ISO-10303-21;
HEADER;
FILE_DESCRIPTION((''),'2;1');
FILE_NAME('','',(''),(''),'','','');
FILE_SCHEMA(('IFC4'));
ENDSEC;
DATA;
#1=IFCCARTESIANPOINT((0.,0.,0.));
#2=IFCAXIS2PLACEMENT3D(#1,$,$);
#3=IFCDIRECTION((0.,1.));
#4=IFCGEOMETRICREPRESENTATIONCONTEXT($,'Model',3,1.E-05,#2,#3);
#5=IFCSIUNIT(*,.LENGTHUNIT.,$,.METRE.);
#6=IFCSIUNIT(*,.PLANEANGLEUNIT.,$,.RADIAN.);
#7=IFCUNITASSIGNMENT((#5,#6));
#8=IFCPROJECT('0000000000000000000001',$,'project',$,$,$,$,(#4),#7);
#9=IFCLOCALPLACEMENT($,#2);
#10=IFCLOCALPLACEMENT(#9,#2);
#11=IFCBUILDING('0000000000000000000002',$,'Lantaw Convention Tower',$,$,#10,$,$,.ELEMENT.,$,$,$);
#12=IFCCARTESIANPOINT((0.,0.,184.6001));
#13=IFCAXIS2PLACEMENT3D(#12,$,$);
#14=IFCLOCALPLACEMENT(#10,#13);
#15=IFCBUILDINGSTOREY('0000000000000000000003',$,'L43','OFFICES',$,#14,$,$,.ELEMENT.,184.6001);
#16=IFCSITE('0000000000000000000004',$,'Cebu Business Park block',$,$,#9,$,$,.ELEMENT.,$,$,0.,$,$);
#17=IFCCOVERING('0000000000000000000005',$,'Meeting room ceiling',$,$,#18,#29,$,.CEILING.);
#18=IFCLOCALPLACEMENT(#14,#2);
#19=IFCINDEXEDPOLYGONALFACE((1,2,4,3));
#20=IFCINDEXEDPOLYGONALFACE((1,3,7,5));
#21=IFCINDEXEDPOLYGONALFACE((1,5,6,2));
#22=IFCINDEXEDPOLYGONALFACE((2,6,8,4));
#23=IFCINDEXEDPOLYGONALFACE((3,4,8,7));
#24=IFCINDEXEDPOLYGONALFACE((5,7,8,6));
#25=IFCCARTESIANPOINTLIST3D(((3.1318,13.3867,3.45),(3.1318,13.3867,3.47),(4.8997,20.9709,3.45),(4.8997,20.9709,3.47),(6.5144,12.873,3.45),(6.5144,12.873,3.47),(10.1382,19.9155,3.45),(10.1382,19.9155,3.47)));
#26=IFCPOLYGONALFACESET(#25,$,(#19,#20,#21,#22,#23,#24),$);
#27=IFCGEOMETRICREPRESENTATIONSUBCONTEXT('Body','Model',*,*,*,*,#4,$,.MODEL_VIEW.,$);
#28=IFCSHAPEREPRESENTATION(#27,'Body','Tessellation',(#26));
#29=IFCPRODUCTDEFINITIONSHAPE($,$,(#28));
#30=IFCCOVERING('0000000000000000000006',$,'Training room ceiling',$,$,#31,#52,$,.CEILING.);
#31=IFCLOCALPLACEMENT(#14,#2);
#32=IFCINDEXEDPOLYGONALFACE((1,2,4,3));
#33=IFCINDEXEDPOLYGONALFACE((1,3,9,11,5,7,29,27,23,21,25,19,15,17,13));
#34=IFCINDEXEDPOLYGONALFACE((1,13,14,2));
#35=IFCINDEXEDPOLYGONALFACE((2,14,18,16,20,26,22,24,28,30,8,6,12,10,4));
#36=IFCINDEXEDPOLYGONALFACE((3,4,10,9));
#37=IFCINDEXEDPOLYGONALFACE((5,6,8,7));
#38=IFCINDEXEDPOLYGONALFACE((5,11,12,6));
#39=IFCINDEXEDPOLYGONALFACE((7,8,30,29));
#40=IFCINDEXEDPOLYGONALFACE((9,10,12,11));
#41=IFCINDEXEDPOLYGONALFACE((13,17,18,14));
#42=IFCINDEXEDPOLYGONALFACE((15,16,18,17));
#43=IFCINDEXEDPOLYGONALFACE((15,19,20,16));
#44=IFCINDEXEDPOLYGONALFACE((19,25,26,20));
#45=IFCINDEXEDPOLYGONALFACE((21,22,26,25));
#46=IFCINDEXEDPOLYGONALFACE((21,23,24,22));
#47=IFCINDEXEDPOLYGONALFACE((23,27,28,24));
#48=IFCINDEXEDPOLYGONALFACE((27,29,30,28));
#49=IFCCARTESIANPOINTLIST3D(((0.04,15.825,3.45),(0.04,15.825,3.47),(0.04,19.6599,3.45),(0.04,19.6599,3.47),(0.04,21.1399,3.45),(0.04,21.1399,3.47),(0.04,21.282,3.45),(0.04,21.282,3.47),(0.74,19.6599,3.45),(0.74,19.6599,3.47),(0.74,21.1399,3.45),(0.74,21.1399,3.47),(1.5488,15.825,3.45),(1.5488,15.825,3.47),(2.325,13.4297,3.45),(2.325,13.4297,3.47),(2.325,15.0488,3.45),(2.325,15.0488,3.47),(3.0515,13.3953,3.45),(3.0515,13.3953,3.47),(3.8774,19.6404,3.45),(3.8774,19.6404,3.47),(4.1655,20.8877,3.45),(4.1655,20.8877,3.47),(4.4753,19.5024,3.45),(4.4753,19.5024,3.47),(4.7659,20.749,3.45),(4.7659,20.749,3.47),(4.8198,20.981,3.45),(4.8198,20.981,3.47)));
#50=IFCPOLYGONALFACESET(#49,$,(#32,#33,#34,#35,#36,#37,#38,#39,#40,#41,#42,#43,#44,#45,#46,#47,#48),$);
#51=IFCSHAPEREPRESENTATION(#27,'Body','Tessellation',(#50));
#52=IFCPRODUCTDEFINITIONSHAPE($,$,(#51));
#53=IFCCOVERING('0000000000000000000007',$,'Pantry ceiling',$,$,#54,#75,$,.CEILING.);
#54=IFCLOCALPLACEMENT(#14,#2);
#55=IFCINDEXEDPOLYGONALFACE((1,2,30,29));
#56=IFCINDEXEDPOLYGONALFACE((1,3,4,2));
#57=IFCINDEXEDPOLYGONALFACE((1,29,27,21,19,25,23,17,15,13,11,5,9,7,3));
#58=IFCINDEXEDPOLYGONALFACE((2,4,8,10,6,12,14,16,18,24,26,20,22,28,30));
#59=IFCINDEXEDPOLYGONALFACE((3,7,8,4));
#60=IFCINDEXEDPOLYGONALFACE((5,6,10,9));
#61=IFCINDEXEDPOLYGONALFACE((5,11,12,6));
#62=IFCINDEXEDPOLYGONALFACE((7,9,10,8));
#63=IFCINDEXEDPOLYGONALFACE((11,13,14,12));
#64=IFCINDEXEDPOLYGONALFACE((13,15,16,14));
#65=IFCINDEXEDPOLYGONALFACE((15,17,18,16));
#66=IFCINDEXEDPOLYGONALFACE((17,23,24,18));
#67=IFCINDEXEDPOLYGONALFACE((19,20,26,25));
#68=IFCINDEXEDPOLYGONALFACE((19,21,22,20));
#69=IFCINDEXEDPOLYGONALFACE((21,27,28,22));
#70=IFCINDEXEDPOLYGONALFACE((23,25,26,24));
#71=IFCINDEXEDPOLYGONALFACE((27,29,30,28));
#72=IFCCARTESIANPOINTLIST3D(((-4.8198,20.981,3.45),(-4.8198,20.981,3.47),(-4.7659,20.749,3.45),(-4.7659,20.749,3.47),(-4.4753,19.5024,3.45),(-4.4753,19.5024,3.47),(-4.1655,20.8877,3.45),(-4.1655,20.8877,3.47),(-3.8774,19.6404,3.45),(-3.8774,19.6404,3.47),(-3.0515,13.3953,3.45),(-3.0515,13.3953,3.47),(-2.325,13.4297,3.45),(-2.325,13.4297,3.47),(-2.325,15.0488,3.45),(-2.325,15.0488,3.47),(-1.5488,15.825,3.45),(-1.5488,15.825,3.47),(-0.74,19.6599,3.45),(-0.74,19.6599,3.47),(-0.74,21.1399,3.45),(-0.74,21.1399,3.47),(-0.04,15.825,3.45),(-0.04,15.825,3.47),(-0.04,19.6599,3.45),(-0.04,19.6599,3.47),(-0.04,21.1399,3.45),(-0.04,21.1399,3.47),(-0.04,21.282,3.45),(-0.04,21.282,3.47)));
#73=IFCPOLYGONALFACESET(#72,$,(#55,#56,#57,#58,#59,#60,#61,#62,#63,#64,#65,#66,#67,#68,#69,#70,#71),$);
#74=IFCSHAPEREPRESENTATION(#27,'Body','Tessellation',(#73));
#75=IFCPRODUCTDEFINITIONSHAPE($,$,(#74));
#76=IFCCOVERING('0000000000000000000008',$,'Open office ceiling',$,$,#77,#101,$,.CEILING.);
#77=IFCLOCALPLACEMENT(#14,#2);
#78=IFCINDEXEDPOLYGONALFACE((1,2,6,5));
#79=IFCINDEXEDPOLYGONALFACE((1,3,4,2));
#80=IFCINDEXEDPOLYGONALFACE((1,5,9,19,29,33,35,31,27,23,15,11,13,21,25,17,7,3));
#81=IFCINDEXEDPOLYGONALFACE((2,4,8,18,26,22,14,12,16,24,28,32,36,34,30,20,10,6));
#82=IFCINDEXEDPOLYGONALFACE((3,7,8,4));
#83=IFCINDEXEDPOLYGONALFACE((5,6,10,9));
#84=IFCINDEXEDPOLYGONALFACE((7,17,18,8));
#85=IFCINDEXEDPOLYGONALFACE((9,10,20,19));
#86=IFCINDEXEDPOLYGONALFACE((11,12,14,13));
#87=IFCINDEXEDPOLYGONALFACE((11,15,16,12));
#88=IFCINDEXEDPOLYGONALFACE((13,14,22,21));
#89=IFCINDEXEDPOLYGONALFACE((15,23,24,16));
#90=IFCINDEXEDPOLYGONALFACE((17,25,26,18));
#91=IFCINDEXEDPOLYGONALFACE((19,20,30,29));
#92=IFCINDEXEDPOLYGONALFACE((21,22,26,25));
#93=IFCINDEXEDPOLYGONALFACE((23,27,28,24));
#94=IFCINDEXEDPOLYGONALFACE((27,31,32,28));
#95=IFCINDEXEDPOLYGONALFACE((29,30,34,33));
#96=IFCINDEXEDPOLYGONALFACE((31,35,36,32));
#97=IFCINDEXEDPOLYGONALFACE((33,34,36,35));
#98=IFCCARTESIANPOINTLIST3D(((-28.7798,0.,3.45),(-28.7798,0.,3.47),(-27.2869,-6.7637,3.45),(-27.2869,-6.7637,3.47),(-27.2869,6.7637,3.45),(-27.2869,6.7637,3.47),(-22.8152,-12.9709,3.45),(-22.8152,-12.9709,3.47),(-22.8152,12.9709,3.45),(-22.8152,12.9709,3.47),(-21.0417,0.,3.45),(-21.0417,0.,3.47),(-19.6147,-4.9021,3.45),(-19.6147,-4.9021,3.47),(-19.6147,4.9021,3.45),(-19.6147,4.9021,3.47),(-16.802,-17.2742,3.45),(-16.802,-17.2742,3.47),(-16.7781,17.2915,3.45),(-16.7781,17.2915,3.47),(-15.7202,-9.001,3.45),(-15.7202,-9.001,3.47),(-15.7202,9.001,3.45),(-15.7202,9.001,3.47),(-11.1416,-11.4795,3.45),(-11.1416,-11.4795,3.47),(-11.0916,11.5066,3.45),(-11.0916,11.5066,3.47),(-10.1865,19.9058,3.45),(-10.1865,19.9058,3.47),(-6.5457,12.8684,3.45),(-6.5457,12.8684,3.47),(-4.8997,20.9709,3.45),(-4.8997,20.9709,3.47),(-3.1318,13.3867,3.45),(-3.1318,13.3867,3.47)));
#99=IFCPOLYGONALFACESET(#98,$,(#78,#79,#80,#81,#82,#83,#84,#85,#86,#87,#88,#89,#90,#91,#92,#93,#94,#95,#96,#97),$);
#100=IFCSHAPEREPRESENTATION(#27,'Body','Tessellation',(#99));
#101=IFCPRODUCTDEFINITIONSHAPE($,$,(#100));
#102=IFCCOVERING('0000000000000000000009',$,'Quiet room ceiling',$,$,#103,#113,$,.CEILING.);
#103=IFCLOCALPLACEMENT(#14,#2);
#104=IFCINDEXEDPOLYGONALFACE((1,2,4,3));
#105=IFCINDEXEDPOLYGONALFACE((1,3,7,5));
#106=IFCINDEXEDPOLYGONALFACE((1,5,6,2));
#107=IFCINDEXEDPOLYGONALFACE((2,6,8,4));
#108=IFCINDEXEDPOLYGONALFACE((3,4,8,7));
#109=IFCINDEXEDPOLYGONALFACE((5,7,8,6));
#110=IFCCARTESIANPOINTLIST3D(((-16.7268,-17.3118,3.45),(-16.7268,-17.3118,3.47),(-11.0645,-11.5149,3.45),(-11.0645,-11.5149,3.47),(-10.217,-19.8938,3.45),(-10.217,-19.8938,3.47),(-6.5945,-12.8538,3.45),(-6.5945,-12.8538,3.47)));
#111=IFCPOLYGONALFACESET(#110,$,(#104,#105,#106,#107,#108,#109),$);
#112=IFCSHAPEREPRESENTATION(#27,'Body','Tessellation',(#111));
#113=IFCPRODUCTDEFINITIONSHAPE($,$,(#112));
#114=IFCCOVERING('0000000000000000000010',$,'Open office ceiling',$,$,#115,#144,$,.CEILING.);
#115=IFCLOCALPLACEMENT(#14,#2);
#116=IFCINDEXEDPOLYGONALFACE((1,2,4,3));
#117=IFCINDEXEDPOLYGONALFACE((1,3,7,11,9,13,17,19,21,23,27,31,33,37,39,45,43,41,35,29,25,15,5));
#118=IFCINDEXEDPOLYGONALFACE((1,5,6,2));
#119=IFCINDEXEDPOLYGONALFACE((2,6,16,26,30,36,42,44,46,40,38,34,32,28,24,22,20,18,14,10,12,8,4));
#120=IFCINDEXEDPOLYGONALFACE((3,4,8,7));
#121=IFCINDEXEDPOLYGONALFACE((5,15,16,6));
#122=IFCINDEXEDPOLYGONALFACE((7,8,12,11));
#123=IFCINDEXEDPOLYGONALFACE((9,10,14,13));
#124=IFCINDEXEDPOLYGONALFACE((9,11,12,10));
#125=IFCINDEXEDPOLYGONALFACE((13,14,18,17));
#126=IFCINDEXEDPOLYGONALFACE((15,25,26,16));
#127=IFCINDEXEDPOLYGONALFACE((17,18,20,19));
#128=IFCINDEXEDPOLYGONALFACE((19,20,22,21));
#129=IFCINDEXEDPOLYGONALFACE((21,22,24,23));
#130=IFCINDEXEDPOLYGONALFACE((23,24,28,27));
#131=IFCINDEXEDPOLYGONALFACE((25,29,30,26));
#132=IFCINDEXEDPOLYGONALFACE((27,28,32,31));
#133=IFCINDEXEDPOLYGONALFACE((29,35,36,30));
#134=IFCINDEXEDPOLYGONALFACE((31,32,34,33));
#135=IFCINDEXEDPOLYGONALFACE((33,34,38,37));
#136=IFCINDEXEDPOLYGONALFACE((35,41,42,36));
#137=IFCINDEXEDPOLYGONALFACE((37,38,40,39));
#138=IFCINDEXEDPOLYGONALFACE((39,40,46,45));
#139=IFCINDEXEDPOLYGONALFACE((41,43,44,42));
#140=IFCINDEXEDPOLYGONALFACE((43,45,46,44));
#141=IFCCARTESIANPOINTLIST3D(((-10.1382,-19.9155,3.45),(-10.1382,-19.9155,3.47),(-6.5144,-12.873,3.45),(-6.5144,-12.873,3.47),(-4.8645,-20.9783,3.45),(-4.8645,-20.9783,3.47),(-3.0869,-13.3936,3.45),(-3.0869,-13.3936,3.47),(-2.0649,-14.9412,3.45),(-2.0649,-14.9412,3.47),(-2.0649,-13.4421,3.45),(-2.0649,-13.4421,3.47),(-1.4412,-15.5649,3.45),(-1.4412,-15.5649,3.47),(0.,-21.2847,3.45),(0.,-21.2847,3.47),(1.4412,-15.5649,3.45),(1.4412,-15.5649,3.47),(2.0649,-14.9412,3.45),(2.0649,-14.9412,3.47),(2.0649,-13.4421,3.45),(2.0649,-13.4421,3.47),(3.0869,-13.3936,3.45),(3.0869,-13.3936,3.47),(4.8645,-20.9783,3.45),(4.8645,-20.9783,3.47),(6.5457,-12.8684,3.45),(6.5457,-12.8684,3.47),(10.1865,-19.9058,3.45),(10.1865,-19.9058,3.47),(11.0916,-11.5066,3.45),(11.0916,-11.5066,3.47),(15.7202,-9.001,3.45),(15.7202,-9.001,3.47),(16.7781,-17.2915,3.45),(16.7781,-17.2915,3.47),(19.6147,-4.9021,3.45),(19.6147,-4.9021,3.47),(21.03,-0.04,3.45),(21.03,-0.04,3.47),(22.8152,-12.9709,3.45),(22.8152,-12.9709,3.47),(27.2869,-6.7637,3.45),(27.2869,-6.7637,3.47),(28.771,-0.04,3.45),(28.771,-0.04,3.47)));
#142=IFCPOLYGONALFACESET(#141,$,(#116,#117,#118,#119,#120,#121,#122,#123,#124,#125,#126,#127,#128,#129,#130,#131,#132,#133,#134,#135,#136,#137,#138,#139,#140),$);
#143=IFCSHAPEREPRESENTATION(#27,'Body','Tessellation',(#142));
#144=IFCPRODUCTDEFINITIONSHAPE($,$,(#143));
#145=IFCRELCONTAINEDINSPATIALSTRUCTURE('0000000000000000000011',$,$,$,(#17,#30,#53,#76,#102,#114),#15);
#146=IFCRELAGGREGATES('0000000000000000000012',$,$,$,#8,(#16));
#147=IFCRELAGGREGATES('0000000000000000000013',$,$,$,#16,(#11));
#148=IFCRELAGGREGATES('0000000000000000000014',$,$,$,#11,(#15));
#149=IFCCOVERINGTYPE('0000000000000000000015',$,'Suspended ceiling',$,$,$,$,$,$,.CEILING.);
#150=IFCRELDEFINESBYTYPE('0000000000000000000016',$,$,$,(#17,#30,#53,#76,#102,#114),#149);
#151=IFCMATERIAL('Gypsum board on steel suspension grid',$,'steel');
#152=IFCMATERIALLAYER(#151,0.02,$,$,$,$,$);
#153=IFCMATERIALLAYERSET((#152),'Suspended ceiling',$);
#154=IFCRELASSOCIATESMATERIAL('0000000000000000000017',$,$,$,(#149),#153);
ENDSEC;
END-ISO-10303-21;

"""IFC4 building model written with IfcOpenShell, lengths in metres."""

from ifc_helpers import new_model, si_unit, direction, frame, origin, place, context, subcontext, project, spatial, polyline, outline, extrude, material, layer, layer_set, type_object, element, save


model = new_model("IFC4")

# Units and contexts
model_context = context("Model", 3, precision=1e-05, world=origin(), true_north=direction((0.0, 1.0)))
body_context = subcontext(model_context, "Body", "Model", "MODEL_VIEW")
ifc_project = project(units=[si_unit("LENGTHUNIT", "METRE"), si_unit("PLANEANGLEUNIT", "RADIAN")], contexts=[model_context])

# Site, building, storey
site_placement = place(None, origin())
site = spatial("IfcSite", under=ifc_project, at=site_placement, Name="Cebu Business Park block", CompositionType="ELEMENT", RefElevation=0.0)
building_placement = place(site_placement, origin())
building = spatial("IfcBuilding", under=site, at=building_placement, Name="Lantaw Convention Tower", CompositionType="ELEMENT")
storey_placement = place(building_placement, frame((0.0, 0.0, 184.6001)))
storey = spatial("IfcBuildingStorey", under=building, at=storey_placement, Name="L43", Description="OFFICES", CompositionType="ELEMENT", Elevation=184.6001)

# Coverings
ifc_material_1 = material(Name="Gypsum board on steel suspension grid", Category="steel")
ifc_layer_1 = layer(ifc_material_1, 0.02)
ifc_layer_set_1 = layer_set([ifc_layer_1], Name="Suspended ceiling")
covering_type = type_object("IfcCoveringType", Name="Suspended ceiling", PredefinedType="CEILING", material=ifc_layer_set_1)
covering_1_placement = place(storey_placement, frame((0.0, 0.0, 3.45)))
element("IfcCovering", 1, at=covering_1_placement, inside=storey, type_object=covering_type, Name="Meeting room ceiling", PredefinedType="CEILING", context=body_context, shape_type="SweptSolid", body=[
    extrude(outline(polyline([(6.5144, 12.873), (10.1382, 19.9155), (4.8997, 20.9709), (3.1318, 13.3867), (6.5144, 12.873)])), origin(), (0.0, 0.0, 1.0), 0.02),
])
covering_2_placement = place(storey_placement, frame((0.0, 0.0, 3.45)))
element("IfcCovering", 2, at=covering_2_placement, inside=storey, type_object=covering_type, Name="Training room ceiling", PredefinedType="CEILING", context=body_context, shape_type="SweptSolid", body=[
    extrude(outline(polyline([(2.325, 15.0488), (2.325, 13.4297), (3.0515, 13.3953), (4.4753, 19.5024), (3.8774, 19.6404), (4.1655, 20.8877), (4.7659, 20.749), (4.8198, 20.981), (0.04, 21.282), (0.04, 21.1399), (0.74, 21.1399), (0.74, 19.6599), (0.04, 19.6599), (0.04, 15.825), (1.5488, 15.825), (2.325, 15.0488)])), origin(), (0.0, 0.0, 1.0), 0.02),
])
covering_3_placement = place(storey_placement, frame((0.0, 0.0, 3.45)))
element("IfcCovering", 3, at=covering_3_placement, inside=storey, type_object=covering_type, Name="Pantry ceiling", PredefinedType="CEILING", context=body_context, shape_type="SweptSolid", body=[
    extrude(outline(polyline([(-4.4753, 19.5024), (-3.0515, 13.3953), (-2.325, 13.4297), (-2.325, 15.0488), (-1.5488, 15.825), (-0.04, 15.825), (-0.04, 19.6599), (-0.74, 19.6599), (-0.74, 21.1399), (-0.04, 21.1399), (-0.04, 21.282), (-4.8198, 20.981), (-4.7659, 20.749), (-4.1655, 20.8877), (-3.8774, 19.6404), (-4.4753, 19.5024)])), origin(), (0.0, 0.0, 1.0), 0.02),
])
covering_4_placement = place(storey_placement, frame((0.0, 0.0, 3.45)))
element("IfcCovering", 4, at=covering_4_placement, inside=storey, type_object=covering_type, Name="Open office ceiling", PredefinedType="CEILING", context=body_context, shape_type="SweptSolid", body=[
    extrude(outline(polyline([(-3.1318, 13.3867), (-4.8997, 20.9709), (-10.1865, 19.9058), (-16.7781, 17.2915), (-22.8152, 12.9709), (-27.2869, 6.7637), (-28.7798, 0.0), (-27.2869, -6.7637), (-22.8152, -12.9709), (-16.802, -17.2742), (-11.1416, -11.4795), (-15.7202, -9.001), (-19.6147, -4.9021), (-21.0417, 0.0), (-19.6147, 4.9021), (-15.7202, 9.001), (-11.0916, 11.5066), (-6.5457, 12.8684), (-3.1318, 13.3867)])), origin(), (0.0, 0.0, 1.0), 0.02),
])
covering_5_placement = place(storey_placement, frame((0.0, 0.0, 3.45)))
element("IfcCovering", 5, at=covering_5_placement, inside=storey, type_object=covering_type, Name="Quiet room ceiling", PredefinedType="CEILING", context=body_context, shape_type="SweptSolid", body=[
    extrude(outline(polyline([(-11.0645, -11.5149), (-16.7268, -17.3118), (-10.217, -19.8938), (-6.5945, -12.8538), (-11.0645, -11.5149)])), origin(), (0.0, 0.0, 1.0), 0.02),
])
covering_6_placement = place(storey_placement, frame((0.0, 0.0, 3.45)))
element("IfcCovering", 6, at=covering_6_placement, inside=storey, type_object=covering_type, Name="Open office ceiling", PredefinedType="CEILING", context=body_context, shape_type="SweptSolid", body=[
    extrude(outline(polyline([(-3.0869, -13.3936), (-6.5144, -12.873), (-10.1382, -19.9155), (-4.8645, -20.9783), (0.0, -21.2847), (4.8645, -20.9783), (10.1865, -19.9058), (16.7781, -17.2915), (22.8152, -12.9709), (27.2869, -6.7637), (28.771, -0.04), (21.03, -0.04), (19.6147, -4.9021), (15.7202, -9.001), (11.0916, -11.5066), (6.5457, -12.8684), (3.0869, -13.3936), (2.0649, -13.4421), (2.0649, -14.9412), (1.4412, -15.5649), (-1.4412, -15.5649), (-2.0649, -14.9412), (-2.0649, -13.4421), (-3.0869, -13.3936)])), origin(), (0.0, 0.0, 1.0), 0.02),
])

save(model, "model.ifc")
